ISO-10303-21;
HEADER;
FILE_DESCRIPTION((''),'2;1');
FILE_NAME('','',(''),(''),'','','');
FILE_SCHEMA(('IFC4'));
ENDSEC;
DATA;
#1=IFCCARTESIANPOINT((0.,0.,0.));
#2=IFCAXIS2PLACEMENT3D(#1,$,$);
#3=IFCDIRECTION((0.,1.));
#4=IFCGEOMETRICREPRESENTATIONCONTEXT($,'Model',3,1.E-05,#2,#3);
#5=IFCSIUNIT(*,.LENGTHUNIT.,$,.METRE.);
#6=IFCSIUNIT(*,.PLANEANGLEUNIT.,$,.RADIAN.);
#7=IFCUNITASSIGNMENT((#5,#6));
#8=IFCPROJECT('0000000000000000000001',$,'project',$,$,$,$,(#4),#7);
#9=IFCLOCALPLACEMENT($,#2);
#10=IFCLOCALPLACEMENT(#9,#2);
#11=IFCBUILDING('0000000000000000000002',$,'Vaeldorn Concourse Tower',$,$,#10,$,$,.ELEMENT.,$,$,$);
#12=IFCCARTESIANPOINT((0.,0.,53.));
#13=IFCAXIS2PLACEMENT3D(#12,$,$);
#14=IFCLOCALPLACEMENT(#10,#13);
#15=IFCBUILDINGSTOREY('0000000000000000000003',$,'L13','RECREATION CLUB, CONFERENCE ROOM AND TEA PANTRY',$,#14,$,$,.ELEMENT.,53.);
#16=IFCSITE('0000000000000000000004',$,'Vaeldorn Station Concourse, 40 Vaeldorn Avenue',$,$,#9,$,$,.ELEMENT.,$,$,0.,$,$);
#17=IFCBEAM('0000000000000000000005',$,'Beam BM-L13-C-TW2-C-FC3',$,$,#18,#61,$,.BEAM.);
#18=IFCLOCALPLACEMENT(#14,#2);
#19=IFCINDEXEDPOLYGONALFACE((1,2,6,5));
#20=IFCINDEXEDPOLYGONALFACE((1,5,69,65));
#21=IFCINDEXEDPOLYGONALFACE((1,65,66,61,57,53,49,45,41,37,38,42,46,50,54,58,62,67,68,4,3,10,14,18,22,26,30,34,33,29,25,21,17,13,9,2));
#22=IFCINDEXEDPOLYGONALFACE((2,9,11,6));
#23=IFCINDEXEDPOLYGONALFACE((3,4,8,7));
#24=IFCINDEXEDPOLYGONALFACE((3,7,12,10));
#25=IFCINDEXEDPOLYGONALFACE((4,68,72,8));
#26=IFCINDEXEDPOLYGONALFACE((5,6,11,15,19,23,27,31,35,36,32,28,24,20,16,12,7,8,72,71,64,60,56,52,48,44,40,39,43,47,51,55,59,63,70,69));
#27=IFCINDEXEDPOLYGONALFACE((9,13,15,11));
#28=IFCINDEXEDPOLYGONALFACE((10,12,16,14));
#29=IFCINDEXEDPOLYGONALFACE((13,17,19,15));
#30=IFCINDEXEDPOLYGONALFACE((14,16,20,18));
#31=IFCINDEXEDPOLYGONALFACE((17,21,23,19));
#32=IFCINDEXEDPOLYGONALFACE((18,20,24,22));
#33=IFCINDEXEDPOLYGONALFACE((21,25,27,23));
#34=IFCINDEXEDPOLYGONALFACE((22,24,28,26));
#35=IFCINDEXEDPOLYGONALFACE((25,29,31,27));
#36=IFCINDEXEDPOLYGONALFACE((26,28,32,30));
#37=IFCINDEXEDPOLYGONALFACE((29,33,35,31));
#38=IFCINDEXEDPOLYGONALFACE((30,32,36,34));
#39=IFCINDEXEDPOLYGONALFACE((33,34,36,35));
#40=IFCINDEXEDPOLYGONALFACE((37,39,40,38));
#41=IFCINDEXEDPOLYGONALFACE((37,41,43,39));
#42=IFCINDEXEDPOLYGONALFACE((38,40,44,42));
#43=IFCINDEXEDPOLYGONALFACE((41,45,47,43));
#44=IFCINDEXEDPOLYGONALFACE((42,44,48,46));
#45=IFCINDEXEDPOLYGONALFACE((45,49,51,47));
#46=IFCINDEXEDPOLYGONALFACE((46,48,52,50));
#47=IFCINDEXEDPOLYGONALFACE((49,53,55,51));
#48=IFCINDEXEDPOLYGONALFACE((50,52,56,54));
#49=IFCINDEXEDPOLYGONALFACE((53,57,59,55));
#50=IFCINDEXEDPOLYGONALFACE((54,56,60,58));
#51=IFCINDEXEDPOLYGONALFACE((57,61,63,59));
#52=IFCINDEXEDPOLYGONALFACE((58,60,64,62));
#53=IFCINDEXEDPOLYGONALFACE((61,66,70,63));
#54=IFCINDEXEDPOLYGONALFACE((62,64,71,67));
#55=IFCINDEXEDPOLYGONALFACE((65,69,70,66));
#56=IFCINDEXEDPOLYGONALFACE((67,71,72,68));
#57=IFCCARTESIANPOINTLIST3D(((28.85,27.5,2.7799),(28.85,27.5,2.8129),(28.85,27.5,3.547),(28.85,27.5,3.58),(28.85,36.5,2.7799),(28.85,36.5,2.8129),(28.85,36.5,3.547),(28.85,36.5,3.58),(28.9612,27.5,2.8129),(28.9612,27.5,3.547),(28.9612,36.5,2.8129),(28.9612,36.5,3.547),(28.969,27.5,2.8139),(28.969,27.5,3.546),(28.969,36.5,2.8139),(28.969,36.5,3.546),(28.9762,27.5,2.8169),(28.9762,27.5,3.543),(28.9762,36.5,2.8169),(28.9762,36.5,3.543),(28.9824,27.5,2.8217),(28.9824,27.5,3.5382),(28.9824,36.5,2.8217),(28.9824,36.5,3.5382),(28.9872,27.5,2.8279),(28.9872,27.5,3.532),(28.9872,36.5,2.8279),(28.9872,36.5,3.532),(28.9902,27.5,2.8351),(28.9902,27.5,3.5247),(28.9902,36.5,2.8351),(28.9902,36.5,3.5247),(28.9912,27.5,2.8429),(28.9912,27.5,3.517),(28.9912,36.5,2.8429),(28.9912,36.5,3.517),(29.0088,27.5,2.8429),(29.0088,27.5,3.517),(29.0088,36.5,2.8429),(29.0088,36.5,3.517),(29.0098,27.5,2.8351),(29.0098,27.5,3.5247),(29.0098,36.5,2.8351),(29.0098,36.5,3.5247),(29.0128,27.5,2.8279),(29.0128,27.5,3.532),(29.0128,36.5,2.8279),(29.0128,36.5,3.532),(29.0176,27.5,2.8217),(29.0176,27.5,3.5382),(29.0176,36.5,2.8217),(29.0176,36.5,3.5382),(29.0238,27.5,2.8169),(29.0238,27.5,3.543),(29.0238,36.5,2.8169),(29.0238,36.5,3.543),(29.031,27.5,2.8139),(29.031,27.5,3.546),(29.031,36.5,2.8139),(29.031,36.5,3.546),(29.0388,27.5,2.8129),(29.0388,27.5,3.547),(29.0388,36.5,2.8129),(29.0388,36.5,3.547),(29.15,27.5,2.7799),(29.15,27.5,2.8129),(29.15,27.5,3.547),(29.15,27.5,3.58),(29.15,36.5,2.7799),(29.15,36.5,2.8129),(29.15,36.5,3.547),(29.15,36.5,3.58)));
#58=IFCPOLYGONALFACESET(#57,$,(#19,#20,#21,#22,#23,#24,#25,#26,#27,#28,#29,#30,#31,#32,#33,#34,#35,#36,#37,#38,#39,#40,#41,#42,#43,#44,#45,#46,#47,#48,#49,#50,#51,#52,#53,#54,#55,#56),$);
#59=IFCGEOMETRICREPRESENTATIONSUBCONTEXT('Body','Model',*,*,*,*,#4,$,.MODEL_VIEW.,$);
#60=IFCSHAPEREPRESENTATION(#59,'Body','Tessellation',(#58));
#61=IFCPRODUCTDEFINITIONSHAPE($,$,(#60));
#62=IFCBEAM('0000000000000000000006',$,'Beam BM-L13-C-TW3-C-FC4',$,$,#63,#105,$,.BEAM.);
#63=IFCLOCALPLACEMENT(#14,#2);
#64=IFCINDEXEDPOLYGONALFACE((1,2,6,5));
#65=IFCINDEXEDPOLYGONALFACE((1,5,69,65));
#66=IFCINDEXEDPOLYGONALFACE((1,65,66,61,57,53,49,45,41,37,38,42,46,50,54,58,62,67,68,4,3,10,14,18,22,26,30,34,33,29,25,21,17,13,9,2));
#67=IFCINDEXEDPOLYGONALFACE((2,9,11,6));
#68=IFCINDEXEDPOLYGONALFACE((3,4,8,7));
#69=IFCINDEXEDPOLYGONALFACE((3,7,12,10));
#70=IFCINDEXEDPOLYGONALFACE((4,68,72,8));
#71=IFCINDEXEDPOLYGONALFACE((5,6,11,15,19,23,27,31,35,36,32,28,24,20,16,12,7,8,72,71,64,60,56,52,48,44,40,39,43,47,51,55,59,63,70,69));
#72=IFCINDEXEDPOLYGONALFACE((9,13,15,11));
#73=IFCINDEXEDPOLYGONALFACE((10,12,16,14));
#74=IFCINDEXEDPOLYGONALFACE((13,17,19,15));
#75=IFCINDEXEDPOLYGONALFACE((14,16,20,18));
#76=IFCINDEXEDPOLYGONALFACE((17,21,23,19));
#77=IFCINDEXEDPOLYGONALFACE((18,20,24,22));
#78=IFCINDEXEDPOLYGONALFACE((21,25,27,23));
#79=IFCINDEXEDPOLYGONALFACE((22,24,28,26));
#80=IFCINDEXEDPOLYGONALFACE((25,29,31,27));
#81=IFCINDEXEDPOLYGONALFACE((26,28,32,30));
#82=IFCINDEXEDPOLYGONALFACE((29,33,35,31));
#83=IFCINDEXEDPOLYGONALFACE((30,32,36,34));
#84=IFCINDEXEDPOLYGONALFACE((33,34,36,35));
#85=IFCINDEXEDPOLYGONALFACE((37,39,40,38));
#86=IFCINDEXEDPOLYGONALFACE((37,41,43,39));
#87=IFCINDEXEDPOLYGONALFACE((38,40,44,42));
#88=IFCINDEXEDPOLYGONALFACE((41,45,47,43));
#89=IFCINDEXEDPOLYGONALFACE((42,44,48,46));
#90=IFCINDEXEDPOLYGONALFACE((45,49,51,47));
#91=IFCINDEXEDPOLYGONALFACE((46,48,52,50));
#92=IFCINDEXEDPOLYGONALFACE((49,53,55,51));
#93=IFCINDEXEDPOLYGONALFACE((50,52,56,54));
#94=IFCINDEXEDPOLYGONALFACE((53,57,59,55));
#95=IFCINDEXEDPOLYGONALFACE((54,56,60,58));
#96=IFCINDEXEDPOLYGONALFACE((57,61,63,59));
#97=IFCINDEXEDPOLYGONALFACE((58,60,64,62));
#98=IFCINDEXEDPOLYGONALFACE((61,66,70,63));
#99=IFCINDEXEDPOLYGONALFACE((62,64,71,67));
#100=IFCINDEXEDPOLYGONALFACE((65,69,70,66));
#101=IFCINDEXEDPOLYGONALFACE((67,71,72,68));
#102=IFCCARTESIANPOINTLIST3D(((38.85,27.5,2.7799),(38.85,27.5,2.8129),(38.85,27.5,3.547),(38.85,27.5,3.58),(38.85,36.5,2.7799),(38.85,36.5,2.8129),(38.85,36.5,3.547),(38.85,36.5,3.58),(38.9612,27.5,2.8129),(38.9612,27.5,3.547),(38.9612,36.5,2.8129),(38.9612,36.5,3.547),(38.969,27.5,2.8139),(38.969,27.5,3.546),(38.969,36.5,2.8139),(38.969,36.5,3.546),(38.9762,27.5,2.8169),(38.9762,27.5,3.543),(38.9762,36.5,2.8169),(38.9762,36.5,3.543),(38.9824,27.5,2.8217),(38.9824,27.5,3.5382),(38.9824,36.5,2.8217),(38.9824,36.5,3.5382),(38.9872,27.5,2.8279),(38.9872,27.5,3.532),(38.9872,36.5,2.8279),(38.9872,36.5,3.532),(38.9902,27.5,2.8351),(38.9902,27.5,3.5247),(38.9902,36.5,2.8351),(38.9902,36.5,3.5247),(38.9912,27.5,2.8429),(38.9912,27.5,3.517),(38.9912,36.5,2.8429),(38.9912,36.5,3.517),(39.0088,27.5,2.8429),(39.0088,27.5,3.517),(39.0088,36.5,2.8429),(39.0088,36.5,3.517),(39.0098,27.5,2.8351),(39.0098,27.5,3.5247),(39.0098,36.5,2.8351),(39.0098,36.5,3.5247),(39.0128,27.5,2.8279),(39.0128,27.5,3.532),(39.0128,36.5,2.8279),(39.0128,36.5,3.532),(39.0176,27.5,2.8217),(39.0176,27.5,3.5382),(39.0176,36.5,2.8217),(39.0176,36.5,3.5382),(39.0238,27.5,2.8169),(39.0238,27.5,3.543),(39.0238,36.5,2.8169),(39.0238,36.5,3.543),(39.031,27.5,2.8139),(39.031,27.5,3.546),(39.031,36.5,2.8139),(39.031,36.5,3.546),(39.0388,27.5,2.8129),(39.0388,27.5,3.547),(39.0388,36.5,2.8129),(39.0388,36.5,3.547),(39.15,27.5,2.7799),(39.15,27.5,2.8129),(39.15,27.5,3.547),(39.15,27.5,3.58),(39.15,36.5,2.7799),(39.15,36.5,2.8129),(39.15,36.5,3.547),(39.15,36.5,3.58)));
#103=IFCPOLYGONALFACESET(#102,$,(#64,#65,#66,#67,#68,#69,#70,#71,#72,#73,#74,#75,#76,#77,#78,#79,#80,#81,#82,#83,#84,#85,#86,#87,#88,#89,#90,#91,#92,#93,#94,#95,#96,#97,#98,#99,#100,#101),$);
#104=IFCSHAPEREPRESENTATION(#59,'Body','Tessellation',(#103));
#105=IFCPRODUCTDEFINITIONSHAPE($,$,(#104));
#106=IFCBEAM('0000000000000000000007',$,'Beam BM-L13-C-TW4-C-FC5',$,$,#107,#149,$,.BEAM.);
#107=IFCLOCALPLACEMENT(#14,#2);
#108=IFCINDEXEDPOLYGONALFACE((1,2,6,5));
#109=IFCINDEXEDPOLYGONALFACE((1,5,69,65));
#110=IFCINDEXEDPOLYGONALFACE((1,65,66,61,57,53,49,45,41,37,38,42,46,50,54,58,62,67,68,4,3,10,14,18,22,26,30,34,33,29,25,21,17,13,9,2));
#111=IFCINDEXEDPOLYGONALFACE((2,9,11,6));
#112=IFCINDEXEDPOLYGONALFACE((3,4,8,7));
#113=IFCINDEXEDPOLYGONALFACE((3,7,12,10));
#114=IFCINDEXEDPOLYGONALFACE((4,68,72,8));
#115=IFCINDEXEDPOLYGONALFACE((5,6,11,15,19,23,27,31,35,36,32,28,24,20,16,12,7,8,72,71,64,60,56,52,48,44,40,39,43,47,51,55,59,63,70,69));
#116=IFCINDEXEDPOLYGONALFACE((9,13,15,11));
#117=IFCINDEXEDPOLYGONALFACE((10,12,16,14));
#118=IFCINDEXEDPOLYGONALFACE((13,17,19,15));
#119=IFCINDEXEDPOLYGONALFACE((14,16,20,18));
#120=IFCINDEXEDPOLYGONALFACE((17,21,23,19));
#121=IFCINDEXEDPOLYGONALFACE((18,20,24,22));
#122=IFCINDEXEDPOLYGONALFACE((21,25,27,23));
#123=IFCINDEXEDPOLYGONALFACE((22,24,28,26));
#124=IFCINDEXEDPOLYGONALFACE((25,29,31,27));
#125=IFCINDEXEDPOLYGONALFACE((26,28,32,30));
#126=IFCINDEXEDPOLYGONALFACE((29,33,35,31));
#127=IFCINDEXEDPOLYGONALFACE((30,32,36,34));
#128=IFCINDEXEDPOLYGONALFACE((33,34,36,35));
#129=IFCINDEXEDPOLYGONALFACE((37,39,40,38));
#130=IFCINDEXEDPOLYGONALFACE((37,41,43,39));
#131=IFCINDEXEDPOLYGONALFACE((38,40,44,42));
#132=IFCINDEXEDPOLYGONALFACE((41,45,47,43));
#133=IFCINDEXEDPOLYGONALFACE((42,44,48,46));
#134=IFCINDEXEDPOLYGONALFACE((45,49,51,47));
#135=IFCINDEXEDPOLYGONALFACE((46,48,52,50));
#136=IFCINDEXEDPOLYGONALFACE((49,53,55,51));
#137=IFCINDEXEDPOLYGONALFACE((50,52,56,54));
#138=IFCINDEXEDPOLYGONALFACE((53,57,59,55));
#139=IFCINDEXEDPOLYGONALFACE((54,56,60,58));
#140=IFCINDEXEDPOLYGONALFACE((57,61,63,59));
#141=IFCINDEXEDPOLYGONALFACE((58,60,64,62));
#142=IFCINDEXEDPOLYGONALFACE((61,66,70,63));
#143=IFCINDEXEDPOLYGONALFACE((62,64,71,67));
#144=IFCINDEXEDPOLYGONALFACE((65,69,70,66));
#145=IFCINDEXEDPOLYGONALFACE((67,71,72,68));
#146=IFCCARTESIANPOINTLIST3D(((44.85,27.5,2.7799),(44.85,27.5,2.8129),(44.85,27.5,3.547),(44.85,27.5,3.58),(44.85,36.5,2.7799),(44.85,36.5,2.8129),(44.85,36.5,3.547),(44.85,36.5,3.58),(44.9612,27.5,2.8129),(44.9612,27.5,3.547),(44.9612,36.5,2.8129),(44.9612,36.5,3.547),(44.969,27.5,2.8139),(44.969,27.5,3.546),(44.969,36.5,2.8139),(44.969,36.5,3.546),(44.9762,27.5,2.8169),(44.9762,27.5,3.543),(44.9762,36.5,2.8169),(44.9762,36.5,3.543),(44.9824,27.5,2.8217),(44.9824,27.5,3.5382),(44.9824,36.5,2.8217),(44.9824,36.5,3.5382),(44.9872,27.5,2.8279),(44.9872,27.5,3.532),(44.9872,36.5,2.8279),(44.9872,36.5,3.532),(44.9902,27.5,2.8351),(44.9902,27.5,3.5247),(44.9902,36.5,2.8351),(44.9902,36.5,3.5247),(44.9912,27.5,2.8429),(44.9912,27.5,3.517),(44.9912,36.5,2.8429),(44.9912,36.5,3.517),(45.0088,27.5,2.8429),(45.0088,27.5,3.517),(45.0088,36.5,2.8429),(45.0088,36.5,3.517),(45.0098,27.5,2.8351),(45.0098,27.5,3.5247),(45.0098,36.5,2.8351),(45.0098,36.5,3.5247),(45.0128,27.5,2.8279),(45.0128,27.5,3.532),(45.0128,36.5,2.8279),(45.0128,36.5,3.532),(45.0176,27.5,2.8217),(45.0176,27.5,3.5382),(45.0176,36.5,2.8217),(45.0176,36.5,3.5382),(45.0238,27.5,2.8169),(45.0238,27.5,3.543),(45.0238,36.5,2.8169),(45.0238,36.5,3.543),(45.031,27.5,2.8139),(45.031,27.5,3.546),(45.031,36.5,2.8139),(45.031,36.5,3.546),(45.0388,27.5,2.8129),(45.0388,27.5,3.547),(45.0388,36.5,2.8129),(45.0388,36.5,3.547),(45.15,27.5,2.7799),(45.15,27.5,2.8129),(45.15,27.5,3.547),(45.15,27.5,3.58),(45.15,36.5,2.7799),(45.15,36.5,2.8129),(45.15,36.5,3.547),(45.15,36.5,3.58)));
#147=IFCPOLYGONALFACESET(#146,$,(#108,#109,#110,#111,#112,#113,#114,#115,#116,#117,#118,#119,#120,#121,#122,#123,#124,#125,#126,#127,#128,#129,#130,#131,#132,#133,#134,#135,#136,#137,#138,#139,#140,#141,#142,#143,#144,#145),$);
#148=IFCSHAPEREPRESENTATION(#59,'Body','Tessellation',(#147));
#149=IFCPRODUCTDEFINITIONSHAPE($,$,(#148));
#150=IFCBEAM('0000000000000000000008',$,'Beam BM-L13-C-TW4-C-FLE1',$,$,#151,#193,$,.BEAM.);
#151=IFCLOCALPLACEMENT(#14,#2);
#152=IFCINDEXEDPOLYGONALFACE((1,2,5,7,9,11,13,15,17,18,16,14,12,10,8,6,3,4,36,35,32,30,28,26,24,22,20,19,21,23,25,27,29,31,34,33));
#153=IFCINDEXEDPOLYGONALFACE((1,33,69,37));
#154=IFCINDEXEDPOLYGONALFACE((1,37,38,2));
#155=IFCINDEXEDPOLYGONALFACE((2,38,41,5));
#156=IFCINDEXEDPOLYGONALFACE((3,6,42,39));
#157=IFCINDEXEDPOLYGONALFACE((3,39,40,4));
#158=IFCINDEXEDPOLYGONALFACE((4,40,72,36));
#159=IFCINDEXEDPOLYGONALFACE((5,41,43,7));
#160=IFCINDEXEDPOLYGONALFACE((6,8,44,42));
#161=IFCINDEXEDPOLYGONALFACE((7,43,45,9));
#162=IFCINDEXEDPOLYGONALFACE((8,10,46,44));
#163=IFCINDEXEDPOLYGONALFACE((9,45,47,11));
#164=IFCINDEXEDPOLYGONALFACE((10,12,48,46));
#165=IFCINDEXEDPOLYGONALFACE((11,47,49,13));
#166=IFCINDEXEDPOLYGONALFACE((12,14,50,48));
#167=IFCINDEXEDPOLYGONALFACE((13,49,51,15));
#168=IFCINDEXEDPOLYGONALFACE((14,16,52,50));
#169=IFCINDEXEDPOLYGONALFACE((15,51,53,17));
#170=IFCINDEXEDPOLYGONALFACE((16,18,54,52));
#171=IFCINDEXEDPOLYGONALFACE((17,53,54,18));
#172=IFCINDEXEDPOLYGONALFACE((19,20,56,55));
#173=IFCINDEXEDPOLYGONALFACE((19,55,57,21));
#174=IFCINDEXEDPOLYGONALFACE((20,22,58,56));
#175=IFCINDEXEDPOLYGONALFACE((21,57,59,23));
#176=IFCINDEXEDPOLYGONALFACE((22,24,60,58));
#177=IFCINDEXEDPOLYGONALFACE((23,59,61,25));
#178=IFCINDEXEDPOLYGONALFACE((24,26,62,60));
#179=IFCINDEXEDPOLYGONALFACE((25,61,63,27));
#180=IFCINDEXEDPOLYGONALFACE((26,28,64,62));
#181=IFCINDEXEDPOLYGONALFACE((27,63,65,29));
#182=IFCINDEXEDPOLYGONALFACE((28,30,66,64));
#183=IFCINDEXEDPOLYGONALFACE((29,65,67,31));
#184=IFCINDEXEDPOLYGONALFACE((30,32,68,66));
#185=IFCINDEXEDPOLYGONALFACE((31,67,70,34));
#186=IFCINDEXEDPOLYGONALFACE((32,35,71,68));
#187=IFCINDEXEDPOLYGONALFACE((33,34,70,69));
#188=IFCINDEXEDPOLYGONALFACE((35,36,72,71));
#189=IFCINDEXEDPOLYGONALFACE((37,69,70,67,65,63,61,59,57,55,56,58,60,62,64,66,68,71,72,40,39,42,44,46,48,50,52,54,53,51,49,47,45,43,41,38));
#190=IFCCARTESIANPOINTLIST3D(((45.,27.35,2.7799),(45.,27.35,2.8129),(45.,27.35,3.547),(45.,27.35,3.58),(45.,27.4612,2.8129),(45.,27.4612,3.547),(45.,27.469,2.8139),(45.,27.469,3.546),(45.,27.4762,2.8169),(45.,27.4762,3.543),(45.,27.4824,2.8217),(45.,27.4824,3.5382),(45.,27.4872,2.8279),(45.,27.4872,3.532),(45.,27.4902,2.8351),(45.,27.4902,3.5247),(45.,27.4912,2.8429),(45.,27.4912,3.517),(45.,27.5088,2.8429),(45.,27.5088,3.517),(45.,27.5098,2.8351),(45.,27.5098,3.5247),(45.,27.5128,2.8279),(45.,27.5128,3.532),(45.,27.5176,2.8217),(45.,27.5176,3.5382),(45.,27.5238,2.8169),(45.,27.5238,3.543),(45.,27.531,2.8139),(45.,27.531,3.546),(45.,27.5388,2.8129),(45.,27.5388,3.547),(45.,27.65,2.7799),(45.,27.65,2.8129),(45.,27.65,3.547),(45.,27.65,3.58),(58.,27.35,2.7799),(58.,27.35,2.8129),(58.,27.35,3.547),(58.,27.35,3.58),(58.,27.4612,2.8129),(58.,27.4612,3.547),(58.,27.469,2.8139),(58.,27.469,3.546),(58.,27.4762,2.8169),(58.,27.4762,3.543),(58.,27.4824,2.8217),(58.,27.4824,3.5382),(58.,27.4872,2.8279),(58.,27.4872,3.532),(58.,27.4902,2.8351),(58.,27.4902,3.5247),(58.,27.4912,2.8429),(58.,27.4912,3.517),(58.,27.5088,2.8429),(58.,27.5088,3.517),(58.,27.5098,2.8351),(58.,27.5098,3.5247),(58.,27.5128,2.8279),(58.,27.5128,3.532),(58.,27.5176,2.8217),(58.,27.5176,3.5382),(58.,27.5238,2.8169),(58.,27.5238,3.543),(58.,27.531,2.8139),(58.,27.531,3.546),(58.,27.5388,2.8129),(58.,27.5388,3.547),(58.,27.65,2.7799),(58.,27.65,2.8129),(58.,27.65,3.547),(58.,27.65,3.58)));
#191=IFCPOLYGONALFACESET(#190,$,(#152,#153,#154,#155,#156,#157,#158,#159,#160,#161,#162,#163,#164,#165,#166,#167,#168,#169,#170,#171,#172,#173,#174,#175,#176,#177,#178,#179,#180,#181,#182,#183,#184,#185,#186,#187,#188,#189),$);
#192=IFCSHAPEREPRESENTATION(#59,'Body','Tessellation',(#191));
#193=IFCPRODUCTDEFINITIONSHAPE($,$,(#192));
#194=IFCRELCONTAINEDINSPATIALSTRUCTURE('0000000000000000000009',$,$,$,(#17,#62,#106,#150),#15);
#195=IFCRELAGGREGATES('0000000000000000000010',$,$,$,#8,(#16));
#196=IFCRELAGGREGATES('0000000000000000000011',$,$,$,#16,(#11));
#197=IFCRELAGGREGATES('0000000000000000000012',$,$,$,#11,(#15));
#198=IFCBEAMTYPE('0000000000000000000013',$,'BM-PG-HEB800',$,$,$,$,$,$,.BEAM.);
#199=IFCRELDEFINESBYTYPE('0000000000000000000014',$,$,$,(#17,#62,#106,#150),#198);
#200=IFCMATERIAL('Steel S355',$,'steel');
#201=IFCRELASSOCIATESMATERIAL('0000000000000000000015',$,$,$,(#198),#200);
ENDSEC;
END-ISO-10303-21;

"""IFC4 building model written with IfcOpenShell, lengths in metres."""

from ifc_helpers import new_model, si_unit, direction, frame, origin, origin_2d, place, context, subcontext, project, spatial, i_section, extrude, source, transform, mapped, material, material_profile, profile_set, type_object, element, save


model = new_model("IFC4")

# Units and contexts
model_context = context("Model", 3, precision=1e-05, world=origin(), true_north=direction((0.0, 1.0)))
body_context = subcontext(model_context, "Body", "Model", "MODEL_VIEW")
ifc_project = project(units=[si_unit("LENGTHUNIT", "METRE"), si_unit("PLANEANGLEUNIT", "RADIAN")], contexts=[model_context])

# Site, building, storey
site_placement = place(None, origin())
site = spatial("IfcSite", under=ifc_project, at=site_placement, Name="Vaeldorn Station Concourse, 40 Vaeldorn Avenue", CompositionType="ELEMENT", RefElevation=0.0)
building_placement = place(site_placement, origin())
building = spatial("IfcBuilding", under=site, at=building_placement, Name="Vaeldorn Concourse Tower", CompositionType="ELEMENT")
storey_placement = place(building_placement, frame((0.0, 0.0, 53.0)))
storey = spatial("IfcBuildingStorey", under=building, at=storey_placement, Name="L13", Description="RECREATION CLUB, CONFERENCE ROOM AND TEA PANTRY", CompositionType="ELEMENT", Elevation=53.0)

# Beams
ifc_material_1 = material(Name="Steel S355", Category="steel")
ifc_material_profile_1 = material_profile(ifc_material_1, i_section(OverallWidth=0.3, OverallDepth=0.8, WebThickness=0.0176, FlangeThickness=0.033, FilletRadius=0.03, at=origin_2d()), Name="HEB 800")
ifc_profile_set_1 = profile_set([ifc_material_profile_1], Name="Steel S355")
beam_type_1 = type_object("IfcBeamType", Name="BM-PG-HEB800", PredefinedType="BEAM", material=ifc_profile_set_1)
shared_shape_1 = source(origin(), body_context, "Body", "SweptSolid", [
    extrude(i_section(OverallWidth=0.3, OverallDepth=0.8, WebThickness=0.0176, FlangeThickness=0.033, FilletRadius=0.03, at=origin_2d()), origin(), (0.0, 0.0, 1.0), 9.0),
])
for number, where, z_axis, x_axis, name in (
    (1, (29.0, 27.5, 3.1799), (0.0, 1.0, 0.0), (-1.0, 0.0, 0.0), "Beam BM-L13-C-TW2-C-FC3"),
    (2, (39.0, 27.5, 3.1799), (0.0, 1.0, 0.0), (-1.0, 0.0, 0.0), "Beam BM-L13-C-TW3-C-FC4"),
    (3, (45.0, 27.5, 3.1799), (0.0, 1.0, 0.0), (-1.0, 0.0, 0.0), "Beam BM-L13-C-TW4-C-FC5"),
):
    element("IfcBeam", number, at=place(storey_placement, frame(where, z_axis=z_axis, x_axis=x_axis)), inside=storey, type_object=beam_type_1, Name=name, PredefinedType="BEAM", context=body_context, shape_type="MappedRepresentation", body=[
        mapped(shared_shape_1, transform((0.0, 0.0, 0.0), scale=1.0)),
    ])
shared_shape_2 = source(origin(), body_context, "Body", "SweptSolid", [
    extrude(i_section(OverallWidth=0.3, OverallDepth=0.8, WebThickness=0.0176, FlangeThickness=0.033, FilletRadius=0.03, at=origin_2d()), origin(), (0.0, 0.0, 1.0), 13.0),
])
beam_1_placement = place(storey_placement, frame((45.0, 27.5, 3.1799), z_axis=(1.0, 0.0, 0.0), x_axis=(0.0, 1.0, 0.0)))
element("IfcBeam", 4, at=beam_1_placement, inside=storey, type_object=beam_type_1, Name="Beam BM-L13-C-TW4-C-FLE1", PredefinedType="BEAM", context=body_context, shape_type="MappedRepresentation", body=[
    mapped(shared_shape_2, transform((0.0, 0.0, 0.0), scale=1.0)),
])

save(model, "model.ifc")
